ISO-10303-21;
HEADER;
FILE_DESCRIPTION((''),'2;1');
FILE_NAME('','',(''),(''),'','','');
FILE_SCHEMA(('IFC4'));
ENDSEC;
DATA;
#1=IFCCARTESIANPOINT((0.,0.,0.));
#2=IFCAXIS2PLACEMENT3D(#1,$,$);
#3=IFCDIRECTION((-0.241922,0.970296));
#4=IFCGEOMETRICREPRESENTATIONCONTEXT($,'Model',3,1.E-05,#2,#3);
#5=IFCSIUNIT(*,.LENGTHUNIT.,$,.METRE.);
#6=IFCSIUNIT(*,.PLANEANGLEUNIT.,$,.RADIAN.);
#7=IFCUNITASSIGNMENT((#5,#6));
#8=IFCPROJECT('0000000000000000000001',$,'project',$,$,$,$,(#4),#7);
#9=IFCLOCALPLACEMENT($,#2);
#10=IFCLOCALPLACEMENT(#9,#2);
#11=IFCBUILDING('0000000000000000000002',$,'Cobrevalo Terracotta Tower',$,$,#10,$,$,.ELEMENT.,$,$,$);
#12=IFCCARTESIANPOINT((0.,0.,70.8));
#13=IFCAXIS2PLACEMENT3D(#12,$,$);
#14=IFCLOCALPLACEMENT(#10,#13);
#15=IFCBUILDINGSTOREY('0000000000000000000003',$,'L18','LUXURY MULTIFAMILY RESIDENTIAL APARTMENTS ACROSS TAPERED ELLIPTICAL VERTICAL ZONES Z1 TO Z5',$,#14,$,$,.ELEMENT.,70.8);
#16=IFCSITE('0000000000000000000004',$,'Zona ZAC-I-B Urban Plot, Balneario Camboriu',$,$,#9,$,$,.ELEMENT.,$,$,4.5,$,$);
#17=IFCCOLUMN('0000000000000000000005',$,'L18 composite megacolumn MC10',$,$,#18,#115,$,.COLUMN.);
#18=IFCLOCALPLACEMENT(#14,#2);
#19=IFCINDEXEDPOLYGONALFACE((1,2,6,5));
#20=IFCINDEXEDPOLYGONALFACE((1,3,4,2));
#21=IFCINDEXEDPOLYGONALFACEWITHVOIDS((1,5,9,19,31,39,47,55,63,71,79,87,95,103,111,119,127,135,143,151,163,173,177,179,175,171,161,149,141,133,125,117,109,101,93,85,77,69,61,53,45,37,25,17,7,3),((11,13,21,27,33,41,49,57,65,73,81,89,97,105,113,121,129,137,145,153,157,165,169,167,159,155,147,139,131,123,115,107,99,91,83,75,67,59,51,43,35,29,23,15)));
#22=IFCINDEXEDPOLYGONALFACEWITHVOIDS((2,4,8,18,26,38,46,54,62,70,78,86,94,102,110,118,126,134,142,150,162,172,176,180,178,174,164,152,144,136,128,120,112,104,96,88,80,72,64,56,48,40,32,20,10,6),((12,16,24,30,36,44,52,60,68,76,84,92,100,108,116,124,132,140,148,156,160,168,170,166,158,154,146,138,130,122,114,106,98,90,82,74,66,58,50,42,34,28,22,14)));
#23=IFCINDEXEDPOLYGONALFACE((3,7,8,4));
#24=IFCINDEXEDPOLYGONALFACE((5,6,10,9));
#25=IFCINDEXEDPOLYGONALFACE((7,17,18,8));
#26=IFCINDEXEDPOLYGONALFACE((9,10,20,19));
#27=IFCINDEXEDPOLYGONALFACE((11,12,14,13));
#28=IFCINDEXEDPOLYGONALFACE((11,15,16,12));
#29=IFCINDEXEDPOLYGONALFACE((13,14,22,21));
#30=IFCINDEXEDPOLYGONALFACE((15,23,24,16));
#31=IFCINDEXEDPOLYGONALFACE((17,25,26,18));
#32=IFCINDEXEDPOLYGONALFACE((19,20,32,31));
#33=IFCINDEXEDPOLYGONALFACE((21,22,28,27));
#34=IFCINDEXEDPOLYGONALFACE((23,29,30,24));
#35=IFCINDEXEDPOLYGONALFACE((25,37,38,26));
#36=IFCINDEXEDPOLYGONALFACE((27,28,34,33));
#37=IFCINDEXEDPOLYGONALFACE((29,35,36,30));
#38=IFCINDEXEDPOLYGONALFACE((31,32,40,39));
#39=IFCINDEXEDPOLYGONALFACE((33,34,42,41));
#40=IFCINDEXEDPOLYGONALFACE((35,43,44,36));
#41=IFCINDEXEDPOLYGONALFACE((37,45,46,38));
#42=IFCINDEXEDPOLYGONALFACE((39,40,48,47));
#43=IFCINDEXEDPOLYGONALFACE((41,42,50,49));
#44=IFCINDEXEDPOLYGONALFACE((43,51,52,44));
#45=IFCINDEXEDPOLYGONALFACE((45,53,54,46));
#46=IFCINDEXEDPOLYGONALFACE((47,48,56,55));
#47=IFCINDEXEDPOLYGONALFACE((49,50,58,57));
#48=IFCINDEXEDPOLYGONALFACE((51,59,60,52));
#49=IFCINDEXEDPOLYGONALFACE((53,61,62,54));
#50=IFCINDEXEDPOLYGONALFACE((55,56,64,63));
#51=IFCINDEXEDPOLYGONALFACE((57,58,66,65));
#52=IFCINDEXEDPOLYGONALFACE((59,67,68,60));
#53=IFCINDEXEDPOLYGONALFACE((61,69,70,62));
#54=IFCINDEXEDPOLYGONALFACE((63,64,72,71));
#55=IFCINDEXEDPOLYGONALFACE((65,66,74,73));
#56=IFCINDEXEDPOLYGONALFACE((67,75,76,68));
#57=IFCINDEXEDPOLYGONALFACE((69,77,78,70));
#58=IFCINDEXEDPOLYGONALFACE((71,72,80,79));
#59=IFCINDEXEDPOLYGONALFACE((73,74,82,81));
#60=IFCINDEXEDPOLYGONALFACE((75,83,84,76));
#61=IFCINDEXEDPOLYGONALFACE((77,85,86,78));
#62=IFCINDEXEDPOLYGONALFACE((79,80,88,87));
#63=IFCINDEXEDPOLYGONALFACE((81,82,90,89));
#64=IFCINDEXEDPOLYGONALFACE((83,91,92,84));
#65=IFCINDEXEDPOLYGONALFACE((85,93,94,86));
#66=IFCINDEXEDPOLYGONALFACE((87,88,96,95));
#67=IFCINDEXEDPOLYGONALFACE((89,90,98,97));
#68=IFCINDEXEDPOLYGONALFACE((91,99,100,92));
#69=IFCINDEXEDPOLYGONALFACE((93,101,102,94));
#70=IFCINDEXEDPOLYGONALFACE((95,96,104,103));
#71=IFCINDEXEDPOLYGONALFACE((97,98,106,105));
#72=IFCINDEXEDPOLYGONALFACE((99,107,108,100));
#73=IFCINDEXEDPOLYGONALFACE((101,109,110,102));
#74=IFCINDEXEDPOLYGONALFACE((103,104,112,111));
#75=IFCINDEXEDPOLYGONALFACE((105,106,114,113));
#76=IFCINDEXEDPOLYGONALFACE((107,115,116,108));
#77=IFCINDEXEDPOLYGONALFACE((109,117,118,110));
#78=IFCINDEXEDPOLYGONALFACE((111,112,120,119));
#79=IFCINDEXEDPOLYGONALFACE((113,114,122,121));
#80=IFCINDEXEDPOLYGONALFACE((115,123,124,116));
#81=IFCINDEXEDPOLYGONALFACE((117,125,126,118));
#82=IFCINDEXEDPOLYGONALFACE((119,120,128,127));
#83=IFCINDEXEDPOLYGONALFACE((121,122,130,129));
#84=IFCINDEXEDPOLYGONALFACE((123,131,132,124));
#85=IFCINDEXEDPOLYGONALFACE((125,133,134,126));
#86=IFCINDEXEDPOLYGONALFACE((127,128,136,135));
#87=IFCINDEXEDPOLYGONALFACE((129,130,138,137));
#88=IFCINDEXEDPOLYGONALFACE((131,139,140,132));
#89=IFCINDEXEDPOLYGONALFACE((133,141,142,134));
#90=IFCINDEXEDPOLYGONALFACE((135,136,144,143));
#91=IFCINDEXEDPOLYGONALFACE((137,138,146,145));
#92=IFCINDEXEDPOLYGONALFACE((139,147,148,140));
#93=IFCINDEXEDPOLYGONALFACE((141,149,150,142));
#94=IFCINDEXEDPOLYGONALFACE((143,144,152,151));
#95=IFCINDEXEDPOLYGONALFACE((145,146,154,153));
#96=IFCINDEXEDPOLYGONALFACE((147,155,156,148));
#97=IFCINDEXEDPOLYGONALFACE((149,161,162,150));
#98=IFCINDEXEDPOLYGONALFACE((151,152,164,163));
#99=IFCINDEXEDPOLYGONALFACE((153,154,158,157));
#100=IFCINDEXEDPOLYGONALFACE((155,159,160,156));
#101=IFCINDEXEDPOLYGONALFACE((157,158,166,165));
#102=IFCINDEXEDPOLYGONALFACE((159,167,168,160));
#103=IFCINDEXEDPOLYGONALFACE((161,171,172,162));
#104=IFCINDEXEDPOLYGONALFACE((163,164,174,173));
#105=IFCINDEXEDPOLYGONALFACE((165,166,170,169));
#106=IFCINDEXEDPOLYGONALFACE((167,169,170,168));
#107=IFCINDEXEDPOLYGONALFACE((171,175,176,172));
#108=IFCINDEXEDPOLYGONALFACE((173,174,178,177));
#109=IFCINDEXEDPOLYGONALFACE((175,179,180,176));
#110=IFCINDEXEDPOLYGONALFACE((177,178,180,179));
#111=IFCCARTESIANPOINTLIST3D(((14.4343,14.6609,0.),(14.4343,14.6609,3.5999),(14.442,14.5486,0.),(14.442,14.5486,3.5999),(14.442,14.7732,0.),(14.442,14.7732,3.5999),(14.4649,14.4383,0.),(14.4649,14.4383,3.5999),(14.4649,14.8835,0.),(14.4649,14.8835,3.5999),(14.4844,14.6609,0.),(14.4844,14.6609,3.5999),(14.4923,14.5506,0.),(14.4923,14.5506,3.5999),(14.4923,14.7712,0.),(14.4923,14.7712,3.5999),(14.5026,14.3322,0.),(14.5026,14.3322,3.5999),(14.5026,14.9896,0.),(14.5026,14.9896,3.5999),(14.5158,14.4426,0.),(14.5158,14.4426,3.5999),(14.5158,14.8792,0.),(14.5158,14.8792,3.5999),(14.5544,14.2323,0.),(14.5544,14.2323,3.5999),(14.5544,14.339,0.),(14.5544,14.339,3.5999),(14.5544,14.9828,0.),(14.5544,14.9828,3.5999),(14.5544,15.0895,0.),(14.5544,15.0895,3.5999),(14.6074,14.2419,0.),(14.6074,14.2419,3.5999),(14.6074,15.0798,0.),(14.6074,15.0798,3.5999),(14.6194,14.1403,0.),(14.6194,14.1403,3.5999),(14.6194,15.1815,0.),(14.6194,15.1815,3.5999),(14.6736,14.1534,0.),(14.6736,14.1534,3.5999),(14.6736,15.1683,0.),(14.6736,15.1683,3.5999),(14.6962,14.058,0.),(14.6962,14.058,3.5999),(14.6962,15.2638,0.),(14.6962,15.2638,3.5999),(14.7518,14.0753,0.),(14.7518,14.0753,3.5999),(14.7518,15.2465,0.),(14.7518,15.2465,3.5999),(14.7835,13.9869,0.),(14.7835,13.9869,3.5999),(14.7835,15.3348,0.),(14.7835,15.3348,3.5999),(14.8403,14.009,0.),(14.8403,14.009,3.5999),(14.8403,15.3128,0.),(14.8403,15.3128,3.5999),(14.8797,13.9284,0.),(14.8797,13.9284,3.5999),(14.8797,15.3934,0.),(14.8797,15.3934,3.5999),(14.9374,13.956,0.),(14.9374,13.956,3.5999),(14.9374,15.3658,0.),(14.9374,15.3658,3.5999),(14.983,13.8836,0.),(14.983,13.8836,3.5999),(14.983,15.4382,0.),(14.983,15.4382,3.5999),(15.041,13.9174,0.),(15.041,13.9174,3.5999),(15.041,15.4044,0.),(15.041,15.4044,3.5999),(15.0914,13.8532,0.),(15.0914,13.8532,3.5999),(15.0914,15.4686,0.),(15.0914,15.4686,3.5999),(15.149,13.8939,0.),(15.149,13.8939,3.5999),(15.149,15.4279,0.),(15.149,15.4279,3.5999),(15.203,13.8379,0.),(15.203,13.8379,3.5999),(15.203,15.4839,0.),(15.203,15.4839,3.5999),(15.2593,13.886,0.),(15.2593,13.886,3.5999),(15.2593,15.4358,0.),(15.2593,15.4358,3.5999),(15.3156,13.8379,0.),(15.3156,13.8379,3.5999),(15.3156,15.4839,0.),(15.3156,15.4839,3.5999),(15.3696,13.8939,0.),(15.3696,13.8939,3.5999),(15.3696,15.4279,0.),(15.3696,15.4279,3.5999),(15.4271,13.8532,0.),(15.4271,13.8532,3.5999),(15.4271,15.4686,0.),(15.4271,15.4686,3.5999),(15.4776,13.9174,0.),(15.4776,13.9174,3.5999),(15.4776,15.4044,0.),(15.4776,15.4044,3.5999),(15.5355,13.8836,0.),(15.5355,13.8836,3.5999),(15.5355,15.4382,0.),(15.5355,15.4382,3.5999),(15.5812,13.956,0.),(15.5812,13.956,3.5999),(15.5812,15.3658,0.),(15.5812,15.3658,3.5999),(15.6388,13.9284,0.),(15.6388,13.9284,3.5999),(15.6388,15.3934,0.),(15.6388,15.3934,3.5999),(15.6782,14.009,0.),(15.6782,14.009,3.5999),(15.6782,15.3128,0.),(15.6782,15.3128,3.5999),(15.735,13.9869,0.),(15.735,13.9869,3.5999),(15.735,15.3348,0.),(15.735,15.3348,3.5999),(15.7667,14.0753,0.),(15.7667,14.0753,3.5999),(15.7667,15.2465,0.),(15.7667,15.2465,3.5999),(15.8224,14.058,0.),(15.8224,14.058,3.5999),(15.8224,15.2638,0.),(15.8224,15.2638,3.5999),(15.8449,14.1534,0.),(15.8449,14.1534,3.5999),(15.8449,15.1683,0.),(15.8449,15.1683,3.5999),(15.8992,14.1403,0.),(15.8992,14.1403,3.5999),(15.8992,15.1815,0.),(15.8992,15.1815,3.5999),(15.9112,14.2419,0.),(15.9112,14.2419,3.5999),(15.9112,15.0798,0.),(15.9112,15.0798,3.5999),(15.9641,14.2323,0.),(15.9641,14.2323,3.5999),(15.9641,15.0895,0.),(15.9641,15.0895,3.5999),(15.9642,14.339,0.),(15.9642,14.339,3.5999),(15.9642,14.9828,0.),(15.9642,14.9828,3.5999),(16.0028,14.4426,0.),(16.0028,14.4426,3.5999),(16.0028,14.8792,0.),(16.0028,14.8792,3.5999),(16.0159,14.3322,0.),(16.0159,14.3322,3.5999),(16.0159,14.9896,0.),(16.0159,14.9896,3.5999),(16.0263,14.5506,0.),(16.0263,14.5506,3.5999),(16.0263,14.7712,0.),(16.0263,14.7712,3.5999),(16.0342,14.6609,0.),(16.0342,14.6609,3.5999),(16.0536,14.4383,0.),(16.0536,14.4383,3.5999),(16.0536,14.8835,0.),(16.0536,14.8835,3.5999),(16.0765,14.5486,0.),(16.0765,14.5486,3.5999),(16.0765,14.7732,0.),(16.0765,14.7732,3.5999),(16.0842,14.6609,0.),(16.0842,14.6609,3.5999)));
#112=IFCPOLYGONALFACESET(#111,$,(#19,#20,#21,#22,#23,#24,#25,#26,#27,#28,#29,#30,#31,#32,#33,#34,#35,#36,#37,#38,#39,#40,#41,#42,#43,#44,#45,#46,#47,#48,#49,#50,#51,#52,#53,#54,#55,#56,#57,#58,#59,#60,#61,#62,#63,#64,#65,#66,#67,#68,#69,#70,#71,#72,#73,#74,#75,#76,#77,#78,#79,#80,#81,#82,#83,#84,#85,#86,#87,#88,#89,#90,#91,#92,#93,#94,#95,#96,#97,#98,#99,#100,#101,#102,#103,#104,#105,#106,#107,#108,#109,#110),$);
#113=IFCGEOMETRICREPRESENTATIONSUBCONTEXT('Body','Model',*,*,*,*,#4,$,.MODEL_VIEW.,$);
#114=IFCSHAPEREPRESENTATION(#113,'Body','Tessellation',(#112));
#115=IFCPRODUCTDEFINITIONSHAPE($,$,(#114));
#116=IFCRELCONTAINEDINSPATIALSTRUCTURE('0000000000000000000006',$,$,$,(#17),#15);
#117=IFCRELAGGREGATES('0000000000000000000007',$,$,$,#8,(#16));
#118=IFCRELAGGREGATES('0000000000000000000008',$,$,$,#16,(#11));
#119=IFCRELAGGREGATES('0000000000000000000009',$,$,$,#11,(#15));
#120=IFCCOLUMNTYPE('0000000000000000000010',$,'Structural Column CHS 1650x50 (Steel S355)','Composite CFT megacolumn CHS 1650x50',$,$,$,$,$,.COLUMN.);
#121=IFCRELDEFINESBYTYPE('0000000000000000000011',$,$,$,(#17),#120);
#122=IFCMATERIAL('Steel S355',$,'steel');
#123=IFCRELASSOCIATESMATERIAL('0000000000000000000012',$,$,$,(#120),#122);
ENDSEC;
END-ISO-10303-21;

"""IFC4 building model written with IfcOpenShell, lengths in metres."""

from ifc_helpers import new_model, si_unit, direction, frame, origin, origin_2d, place, context, subcontext, project, spatial, hollow_circle, extrude, material, material_profile, profile_set, type_object, element, save


model = new_model("IFC4")

# Units and contexts
model_context = context("Model", 3, precision=1e-05, world=origin(), true_north=direction((-0.241922, 0.970296)))
body_context = subcontext(model_context, "Body", "Model", "MODEL_VIEW")
ifc_project = project(units=[si_unit("LENGTHUNIT", "METRE"), si_unit("PLANEANGLEUNIT", "RADIAN")], contexts=[model_context])

# Site, building, storey
site_placement = place(None, origin())
site = spatial("IfcSite", under=ifc_project, at=site_placement, Name="Zona ZAC-I-B Urban Plot, Balneario Camboriu", CompositionType="ELEMENT", RefElevation=4.5)
building_placement = place(site_placement, origin())
building = spatial("IfcBuilding", under=site, at=building_placement, Name="Cobrevalo Terracotta Tower", CompositionType="ELEMENT")
storey_placement = place(building_placement, frame((0.0, 0.0, 70.8)))
storey = spatial("IfcBuildingStorey", under=building, at=storey_placement, Name="L18", Description="LUXURY MULTIFAMILY RESIDENTIAL APARTMENTS ACROSS TAPERED ELLIPTICAL VERTICAL ZONES Z1 TO Z5", CompositionType="ELEMENT", Elevation=70.8)

# Column
ifc_material_1 = material(Name="Steel S355", Category="steel")
ifc_material_profile_1 = material_profile(ifc_material_1, hollow_circle(Radius=0.825, WallThickness=0.05, at=origin_2d()), Name="CHS 1650x50")
ifc_profile_set_1 = profile_set([ifc_material_profile_1], Name="Steel S355")
column_type = type_object("IfcColumnType", Name="Structural Column CHS 1650x50 (Steel S355)", Description="Composite CFT megacolumn CHS 1650x50", PredefinedType="COLUMN", material=ifc_profile_set_1)
for number, where, z_axis, x_axis, name in (
    (1, (15.2593, 14.6609, 0.0), (0.0, 0.0, 1.0), (1.0, 0.0, 0.0), "L18 composite megacolumn MC10"),
):
    element("IfcColumn", number, at=place(storey_placement, frame(where, z_axis=z_axis, x_axis=x_axis)), inside=storey, type_object=column_type, Name=name, PredefinedType="COLUMN", context=body_context, shape_type="SweptSolid", body=[
        extrude(hollow_circle(Radius=0.825, WallThickness=0.05, at=origin_2d()), origin(), (0.0, 0.0, 1.0), 3.5999),
    ])

save(model, "model.ifc")
